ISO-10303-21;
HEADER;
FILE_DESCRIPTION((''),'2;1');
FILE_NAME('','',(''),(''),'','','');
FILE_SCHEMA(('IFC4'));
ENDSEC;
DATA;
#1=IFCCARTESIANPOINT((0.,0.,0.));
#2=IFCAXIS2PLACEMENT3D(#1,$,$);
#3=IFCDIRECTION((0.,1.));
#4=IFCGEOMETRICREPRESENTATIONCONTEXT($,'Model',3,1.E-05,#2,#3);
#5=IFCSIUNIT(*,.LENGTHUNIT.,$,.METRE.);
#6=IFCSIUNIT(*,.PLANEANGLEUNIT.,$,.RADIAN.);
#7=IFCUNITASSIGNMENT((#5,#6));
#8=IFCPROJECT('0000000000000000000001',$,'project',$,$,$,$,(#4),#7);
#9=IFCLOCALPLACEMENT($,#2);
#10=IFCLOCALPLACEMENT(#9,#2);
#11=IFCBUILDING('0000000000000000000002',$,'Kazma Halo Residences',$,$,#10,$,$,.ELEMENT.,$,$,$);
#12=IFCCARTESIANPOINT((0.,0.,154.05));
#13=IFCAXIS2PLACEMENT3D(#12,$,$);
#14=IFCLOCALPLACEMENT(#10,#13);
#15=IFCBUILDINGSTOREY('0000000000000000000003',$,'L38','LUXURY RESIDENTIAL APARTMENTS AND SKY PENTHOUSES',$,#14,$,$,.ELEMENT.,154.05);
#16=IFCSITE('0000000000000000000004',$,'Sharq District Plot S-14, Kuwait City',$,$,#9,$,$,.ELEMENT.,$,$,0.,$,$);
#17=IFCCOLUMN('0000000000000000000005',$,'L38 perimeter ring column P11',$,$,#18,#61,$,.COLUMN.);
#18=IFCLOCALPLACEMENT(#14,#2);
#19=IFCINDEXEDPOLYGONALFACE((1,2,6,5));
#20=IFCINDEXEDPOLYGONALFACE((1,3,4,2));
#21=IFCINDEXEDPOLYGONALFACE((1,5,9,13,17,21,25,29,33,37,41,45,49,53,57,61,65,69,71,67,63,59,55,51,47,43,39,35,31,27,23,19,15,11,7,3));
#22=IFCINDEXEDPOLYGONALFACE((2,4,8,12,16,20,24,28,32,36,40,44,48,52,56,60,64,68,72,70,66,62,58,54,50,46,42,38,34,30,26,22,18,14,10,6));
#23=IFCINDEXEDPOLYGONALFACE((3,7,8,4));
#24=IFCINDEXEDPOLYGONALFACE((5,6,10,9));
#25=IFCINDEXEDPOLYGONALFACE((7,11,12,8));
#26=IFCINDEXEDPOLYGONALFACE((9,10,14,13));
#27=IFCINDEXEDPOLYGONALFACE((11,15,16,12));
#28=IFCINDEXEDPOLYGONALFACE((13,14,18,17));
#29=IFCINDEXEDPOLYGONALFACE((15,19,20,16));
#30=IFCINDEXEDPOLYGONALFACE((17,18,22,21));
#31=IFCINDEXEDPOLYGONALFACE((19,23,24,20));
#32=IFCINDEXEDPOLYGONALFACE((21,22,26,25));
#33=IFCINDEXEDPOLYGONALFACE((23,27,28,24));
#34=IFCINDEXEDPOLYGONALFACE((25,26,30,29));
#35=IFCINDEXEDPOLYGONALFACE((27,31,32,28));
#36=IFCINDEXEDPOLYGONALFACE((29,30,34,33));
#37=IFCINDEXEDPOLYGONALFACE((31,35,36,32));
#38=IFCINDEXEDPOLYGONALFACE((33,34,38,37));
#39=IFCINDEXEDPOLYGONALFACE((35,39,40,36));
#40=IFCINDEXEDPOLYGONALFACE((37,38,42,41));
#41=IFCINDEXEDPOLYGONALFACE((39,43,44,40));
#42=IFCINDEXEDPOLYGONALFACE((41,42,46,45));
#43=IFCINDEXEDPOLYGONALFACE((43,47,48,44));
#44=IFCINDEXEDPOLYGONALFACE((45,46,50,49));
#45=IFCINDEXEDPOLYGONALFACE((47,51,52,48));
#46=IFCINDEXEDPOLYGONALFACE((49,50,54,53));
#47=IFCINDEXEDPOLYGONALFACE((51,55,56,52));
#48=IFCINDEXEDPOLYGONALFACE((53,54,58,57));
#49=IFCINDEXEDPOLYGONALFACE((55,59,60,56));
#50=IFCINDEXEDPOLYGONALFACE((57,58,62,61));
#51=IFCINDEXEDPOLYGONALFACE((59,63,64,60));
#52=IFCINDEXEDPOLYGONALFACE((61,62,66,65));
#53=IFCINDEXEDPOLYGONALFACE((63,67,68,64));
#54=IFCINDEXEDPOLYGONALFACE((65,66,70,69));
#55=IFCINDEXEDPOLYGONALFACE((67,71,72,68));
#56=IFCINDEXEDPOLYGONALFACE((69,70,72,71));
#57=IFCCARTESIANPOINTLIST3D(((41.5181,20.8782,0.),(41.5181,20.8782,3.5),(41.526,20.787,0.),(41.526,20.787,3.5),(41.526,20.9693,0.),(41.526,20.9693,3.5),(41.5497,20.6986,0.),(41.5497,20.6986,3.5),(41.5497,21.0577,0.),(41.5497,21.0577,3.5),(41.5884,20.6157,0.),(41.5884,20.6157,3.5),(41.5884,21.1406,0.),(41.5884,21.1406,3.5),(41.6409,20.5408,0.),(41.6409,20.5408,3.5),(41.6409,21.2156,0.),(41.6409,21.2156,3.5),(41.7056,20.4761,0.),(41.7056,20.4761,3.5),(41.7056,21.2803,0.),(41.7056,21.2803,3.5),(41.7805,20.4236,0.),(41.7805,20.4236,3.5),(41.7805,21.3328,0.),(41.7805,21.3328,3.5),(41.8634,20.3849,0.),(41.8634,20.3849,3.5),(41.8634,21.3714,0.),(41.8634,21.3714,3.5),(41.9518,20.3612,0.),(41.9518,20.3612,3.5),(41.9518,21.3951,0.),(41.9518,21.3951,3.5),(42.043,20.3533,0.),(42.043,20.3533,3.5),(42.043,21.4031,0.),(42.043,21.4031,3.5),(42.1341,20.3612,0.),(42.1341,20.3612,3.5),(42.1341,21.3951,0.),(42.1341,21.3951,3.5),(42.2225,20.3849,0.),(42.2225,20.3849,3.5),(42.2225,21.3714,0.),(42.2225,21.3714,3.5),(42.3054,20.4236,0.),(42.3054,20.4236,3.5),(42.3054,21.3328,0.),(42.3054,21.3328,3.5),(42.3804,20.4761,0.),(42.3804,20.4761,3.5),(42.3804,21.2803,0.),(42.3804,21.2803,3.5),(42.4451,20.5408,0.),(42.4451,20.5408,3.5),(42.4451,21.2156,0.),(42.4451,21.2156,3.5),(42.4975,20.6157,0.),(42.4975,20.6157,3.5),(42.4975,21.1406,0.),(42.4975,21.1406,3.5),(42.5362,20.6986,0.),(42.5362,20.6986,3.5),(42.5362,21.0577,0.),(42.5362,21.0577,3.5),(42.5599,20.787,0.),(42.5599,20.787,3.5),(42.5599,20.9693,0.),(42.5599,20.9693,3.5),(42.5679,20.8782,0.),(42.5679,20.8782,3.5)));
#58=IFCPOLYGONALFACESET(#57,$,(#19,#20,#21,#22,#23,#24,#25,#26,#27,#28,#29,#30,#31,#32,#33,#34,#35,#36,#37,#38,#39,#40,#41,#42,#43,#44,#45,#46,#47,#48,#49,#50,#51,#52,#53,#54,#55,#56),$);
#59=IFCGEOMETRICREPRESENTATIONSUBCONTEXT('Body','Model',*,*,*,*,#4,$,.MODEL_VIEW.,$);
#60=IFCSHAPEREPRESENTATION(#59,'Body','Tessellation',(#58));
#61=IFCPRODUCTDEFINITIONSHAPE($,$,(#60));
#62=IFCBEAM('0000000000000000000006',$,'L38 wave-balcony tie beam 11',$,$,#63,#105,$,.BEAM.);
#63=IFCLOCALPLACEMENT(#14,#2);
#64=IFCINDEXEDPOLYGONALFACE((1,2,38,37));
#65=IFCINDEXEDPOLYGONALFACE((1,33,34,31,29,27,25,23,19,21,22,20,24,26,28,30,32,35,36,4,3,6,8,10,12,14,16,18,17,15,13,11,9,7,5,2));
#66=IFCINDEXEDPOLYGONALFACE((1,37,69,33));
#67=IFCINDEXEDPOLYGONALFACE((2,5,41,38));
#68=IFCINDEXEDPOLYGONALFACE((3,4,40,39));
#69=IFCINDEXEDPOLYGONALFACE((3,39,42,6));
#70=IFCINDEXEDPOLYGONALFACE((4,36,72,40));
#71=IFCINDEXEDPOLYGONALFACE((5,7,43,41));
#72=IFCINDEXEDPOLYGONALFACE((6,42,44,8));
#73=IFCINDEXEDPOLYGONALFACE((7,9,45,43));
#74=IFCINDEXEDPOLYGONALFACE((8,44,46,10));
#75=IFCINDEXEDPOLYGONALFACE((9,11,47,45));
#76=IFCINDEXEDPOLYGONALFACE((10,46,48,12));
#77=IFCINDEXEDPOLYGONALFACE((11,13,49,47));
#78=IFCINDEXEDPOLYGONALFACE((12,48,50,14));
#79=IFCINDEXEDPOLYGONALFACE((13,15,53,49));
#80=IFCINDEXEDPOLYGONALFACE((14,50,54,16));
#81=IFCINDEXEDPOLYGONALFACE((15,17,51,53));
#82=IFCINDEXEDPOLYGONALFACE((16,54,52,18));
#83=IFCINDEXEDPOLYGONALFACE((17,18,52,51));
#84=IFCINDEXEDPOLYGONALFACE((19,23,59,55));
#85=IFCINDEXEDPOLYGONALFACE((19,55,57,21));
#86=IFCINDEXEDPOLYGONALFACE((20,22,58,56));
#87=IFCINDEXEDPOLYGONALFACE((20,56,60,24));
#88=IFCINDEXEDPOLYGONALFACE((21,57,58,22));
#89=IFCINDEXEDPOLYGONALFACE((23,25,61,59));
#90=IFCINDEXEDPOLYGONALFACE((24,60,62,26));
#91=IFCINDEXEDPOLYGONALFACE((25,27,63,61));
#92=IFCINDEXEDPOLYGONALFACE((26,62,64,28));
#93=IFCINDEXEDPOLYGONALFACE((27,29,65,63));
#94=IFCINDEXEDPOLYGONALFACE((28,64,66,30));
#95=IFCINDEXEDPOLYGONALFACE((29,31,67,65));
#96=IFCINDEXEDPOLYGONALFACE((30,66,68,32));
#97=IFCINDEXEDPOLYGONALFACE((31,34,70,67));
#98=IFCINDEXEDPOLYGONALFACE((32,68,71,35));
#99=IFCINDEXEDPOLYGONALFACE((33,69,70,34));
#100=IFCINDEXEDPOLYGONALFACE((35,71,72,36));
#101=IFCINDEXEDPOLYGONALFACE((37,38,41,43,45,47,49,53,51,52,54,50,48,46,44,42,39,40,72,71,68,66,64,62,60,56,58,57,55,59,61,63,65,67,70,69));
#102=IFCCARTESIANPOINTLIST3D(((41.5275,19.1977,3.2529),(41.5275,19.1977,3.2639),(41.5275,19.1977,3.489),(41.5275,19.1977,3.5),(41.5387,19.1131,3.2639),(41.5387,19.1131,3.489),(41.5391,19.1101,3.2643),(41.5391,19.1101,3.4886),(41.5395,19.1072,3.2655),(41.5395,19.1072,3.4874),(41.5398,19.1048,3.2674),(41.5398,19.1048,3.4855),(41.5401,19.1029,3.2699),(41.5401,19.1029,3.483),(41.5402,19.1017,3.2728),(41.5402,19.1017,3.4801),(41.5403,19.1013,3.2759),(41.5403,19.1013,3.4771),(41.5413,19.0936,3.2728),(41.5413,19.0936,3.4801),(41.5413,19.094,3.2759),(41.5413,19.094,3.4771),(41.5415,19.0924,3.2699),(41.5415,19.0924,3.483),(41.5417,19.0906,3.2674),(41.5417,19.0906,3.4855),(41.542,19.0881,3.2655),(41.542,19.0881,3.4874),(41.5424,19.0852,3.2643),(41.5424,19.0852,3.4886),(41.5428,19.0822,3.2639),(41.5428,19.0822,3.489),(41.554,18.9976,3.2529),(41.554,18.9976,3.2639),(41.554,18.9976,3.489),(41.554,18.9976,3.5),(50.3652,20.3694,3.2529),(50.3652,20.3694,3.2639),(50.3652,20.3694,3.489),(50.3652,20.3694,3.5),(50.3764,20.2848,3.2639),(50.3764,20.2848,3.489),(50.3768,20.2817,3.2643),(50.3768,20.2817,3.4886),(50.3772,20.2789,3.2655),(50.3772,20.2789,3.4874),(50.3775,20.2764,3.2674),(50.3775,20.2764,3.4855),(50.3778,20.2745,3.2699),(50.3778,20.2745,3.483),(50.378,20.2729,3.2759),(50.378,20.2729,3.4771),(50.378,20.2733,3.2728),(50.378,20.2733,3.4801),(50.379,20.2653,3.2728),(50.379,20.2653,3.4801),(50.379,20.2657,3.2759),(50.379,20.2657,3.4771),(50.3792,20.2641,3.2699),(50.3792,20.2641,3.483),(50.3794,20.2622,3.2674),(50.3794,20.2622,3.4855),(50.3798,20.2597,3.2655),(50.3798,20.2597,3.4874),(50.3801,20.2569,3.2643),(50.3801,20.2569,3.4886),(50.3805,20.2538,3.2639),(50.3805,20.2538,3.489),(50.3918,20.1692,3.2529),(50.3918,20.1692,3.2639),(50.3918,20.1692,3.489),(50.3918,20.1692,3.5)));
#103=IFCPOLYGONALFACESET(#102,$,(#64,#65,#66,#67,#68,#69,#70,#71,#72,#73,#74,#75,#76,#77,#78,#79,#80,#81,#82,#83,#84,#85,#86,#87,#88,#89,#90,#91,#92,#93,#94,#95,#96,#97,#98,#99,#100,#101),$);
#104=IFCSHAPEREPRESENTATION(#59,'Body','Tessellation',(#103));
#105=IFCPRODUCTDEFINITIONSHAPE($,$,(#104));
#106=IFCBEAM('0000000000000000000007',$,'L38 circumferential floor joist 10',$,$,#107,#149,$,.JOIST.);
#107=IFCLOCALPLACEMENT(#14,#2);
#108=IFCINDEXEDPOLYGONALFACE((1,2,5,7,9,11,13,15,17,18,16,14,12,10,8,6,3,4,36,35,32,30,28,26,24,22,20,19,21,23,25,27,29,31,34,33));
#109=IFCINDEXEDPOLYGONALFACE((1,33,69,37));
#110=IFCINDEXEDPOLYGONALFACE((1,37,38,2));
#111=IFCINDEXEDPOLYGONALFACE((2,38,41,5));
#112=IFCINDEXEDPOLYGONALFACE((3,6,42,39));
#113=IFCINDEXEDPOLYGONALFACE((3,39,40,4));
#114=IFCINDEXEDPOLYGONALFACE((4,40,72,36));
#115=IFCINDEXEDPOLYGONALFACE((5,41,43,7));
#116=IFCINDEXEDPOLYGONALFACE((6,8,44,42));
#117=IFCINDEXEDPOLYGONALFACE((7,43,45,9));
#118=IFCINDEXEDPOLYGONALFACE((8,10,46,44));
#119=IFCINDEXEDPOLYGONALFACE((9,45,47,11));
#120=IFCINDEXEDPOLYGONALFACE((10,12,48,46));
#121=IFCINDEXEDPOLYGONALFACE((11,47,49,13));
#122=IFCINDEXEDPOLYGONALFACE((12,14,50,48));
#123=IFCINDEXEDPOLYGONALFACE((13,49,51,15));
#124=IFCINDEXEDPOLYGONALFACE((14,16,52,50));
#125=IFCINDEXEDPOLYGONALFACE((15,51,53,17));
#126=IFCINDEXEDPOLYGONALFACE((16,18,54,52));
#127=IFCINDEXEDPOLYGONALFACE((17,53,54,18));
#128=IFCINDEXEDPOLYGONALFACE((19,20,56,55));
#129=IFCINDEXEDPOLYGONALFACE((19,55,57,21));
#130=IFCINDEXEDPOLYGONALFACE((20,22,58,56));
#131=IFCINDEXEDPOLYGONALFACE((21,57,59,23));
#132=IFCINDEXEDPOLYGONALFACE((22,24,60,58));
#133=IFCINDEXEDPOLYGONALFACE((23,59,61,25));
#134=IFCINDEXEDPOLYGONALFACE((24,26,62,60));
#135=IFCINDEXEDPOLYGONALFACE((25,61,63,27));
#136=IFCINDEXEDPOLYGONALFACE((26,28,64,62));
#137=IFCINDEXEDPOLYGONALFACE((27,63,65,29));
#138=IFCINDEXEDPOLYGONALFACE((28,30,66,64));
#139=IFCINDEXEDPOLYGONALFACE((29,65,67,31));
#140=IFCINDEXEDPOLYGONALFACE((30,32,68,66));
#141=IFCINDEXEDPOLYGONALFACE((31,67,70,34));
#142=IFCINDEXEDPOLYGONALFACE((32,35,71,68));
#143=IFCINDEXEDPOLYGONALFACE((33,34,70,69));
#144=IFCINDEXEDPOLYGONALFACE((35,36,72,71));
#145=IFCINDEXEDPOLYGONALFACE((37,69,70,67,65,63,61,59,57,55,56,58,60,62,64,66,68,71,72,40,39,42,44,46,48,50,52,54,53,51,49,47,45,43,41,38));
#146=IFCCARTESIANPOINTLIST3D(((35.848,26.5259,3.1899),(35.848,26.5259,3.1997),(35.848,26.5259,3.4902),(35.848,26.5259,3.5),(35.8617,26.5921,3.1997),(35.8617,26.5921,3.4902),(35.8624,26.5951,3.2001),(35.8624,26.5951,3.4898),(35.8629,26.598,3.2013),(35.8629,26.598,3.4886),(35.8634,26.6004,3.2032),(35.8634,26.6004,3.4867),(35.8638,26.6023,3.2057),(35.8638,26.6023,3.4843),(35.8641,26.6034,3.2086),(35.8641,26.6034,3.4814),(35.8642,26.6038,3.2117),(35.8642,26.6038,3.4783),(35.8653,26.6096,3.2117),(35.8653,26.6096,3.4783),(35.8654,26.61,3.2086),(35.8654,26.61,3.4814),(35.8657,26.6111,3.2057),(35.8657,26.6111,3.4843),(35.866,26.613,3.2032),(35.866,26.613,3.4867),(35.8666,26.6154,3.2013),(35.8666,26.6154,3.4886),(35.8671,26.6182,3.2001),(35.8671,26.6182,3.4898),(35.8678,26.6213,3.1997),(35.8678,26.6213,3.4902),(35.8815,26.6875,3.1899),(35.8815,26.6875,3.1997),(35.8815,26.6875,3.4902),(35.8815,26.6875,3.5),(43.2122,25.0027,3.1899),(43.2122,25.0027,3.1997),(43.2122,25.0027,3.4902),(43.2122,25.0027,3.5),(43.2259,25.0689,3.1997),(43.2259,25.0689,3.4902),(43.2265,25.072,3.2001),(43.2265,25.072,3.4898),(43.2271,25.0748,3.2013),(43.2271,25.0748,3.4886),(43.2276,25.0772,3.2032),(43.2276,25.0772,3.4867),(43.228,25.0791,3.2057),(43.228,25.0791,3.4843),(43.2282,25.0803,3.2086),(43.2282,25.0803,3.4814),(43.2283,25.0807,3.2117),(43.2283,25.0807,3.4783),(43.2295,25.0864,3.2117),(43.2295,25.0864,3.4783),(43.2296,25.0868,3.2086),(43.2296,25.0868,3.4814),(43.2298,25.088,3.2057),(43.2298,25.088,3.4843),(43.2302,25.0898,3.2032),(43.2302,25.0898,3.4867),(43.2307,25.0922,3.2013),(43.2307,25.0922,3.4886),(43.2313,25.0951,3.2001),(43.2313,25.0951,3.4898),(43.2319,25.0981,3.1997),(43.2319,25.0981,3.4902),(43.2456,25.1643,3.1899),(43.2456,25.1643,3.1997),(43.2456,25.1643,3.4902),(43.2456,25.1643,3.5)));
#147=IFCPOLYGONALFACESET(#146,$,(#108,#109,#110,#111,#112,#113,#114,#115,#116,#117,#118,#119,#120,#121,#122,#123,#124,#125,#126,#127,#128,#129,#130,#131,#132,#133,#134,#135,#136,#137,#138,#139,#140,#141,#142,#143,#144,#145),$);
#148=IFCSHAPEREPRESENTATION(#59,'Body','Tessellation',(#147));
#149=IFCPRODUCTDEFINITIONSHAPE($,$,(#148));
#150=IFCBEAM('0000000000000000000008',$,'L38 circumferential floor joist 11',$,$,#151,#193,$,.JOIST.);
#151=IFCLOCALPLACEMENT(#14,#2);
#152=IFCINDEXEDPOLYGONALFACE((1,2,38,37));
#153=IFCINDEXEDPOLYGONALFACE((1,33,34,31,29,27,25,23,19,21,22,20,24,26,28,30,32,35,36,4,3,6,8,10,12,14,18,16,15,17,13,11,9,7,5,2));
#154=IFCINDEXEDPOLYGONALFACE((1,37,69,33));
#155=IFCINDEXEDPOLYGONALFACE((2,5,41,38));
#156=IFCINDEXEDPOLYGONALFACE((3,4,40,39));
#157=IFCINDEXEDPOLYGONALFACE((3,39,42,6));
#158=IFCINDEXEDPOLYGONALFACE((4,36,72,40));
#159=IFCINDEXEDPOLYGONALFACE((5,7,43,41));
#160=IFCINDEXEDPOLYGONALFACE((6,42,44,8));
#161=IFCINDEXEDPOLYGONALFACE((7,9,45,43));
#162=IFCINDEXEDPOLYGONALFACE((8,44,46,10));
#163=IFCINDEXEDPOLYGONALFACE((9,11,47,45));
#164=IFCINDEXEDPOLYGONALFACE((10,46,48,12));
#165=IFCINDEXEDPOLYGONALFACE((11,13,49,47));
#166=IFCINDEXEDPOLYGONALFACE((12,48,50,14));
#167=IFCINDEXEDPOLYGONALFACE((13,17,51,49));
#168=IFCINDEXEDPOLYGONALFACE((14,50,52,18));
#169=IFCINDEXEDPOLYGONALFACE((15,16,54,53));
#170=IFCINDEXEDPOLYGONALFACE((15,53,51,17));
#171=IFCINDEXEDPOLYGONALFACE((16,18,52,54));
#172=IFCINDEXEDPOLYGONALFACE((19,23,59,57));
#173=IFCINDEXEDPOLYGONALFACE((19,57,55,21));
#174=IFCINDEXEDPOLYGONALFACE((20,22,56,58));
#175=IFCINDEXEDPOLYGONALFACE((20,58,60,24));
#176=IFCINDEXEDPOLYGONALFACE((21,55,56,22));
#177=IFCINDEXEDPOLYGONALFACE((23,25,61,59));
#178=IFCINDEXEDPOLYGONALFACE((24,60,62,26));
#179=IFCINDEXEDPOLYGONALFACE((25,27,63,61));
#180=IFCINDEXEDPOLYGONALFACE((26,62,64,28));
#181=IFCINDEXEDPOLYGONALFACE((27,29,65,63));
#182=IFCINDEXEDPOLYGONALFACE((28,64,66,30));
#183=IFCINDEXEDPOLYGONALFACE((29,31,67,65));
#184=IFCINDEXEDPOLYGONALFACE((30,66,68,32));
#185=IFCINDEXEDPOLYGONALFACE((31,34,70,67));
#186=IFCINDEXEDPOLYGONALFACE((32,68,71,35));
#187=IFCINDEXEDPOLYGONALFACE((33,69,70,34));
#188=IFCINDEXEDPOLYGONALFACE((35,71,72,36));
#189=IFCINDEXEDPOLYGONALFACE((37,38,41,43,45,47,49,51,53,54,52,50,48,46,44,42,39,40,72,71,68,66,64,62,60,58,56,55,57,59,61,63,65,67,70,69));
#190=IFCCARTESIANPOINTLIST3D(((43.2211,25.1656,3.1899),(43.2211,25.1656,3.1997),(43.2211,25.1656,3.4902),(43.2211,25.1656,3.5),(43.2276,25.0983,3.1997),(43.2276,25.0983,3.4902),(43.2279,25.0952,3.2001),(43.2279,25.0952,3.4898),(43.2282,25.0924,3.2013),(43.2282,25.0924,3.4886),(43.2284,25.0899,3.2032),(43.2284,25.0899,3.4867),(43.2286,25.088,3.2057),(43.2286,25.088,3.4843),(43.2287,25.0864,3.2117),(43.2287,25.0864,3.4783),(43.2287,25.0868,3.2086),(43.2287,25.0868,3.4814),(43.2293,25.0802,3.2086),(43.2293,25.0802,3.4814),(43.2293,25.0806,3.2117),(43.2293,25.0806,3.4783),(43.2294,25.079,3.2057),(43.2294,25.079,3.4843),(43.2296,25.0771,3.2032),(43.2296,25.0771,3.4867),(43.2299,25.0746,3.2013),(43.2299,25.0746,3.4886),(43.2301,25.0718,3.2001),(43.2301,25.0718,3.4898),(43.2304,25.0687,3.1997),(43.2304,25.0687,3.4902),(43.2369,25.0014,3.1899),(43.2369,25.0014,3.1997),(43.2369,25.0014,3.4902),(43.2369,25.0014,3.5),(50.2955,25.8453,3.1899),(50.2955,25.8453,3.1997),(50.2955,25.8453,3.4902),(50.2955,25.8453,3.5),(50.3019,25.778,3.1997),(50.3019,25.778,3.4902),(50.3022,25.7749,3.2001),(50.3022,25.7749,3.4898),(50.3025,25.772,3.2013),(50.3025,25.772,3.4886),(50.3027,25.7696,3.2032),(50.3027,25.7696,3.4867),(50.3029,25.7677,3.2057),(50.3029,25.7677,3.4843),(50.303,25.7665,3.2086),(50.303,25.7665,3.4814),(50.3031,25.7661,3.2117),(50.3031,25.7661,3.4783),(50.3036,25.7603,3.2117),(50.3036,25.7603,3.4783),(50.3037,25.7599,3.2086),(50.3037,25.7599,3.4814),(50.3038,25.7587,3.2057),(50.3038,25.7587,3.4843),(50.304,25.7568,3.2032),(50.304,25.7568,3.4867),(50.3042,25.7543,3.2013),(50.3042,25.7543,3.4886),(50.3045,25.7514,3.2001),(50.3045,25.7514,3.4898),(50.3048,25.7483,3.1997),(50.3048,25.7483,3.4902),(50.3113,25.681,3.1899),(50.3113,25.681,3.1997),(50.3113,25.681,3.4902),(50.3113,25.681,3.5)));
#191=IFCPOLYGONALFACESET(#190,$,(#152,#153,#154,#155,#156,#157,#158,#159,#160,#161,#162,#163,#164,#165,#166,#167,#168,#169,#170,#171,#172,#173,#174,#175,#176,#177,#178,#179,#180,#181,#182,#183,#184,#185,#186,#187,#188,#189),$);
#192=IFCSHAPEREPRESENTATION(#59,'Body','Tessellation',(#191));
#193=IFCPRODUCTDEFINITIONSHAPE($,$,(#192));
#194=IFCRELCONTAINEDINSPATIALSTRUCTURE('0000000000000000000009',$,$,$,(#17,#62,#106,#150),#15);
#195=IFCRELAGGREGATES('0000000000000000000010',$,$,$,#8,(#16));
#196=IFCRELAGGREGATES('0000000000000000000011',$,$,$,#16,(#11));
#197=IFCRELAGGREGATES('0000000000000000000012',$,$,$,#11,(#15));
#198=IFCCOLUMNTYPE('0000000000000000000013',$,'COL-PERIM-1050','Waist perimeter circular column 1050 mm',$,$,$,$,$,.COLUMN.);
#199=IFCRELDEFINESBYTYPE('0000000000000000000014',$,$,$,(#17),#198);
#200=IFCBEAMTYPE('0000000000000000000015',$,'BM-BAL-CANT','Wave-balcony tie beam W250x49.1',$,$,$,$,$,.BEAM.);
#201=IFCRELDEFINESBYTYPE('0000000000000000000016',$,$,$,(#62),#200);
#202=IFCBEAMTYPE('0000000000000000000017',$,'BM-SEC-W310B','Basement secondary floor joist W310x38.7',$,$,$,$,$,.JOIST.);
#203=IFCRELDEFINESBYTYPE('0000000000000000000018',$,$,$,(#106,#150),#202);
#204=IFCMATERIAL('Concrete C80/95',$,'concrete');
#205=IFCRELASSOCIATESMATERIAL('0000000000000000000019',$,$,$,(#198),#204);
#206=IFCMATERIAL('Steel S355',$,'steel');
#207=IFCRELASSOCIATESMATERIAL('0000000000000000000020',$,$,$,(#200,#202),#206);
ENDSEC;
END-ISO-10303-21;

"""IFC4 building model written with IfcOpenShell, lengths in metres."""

from ifc_helpers import new_model, si_unit, direction, frame, origin, origin_2d, place, context, subcontext, project, spatial, circle, i_section, extrude, material, material_profile, profile_set, type_object, element, save


model = new_model("IFC4")

# Units and contexts
model_context = context("Model", 3, precision=1e-05, world=origin(), true_north=direction((0.0, 1.0)))
body_context = subcontext(model_context, "Body", "Model", "MODEL_VIEW")
ifc_project = project(units=[si_unit("LENGTHUNIT", "METRE"), si_unit("PLANEANGLEUNIT", "RADIAN")], contexts=[model_context])

# Site, building, storey
site_placement = place(None, origin())
site = spatial("IfcSite", under=ifc_project, at=site_placement, Name="Sharq District Plot S-14, Kuwait City", CompositionType="ELEMENT", RefElevation=0.0)
building_placement = place(site_placement, origin())
building = spatial("IfcBuilding", under=site, at=building_placement, Name="Kazma Halo Residences", CompositionType="ELEMENT")
storey_placement = place(building_placement, frame((0.0, 0.0, 154.05)))
storey = spatial("IfcBuildingStorey", under=building, at=storey_placement, Name="L38", Description="LUXURY RESIDENTIAL APARTMENTS AND SKY PENTHOUSES", CompositionType="ELEMENT", Elevation=154.05)

# Column
ifc_material_1 = material(Name="Concrete C80/95", Category="concrete")
ifc_material_profile_1 = material_profile(ifc_material_1, circle(Radius=0.5249, at=origin_2d()), Name="CIRC1050")
ifc_profile_set_1 = profile_set([ifc_material_profile_1], Name="Concrete C80/95")
column_type = type_object("IfcColumnType", Name="COL-PERIM-1050", Description="Waist perimeter circular column 1050 mm", PredefinedType="COLUMN", material=ifc_profile_set_1)
column_placement = place(storey_placement, frame((42.043, 20.8782, 0.0), z_axis=(0.0, 0.0, 1.0), x_axis=(1.0, 0.0, 0.0)))
element("IfcColumn", 1, at=column_placement, inside=storey, type_object=column_type, Name="L38 perimeter ring column P11", PredefinedType="COLUMN", context=body_context, shape_type="SweptSolid", body=[
    extrude(circle(Radius=0.5249, at=origin_2d()), origin(), (0.0, 0.0, 1.0), 3.5),
])

# Beams
ifc_material_2 = material(Name="Steel S355", Category="steel")
ifc_material_profile_2 = material_profile(ifc_material_2, i_section(OverallWidth=0.2019, OverallDepth=0.2471, WebThickness=0.0073, FlangeThickness=0.011, FilletRadius=0.012, at=origin_2d()), Name="W250x49.1")
ifc_profile_set_2 = profile_set([ifc_material_profile_2], Name="Steel S355")
beam_type_1 = type_object("IfcBeamType", Name="BM-BAL-CANT", Description="Wave-balcony tie beam W250x49.1", PredefinedType="BEAM", material=ifc_profile_set_2)
beam_1_placement = place(storey_placement, frame((41.5408, 19.0977, 3.3765), z_axis=(0.991326, 0.131423, 0.0), x_axis=(-0.131423, 0.991326, 0.0)))
element("IfcBeam", 2, at=beam_1_placement, inside=storey, type_object=beam_type_1, Name="L38 wave-balcony tie beam 11", PredefinedType="BEAM", context=body_context, shape_type="SweptSolid", body=[
    extrude(i_section(OverallWidth=0.2019, OverallDepth=0.2471, WebThickness=0.0073, FlangeThickness=0.011, FilletRadius=0.012, at=origin_2d()), origin(), (0.0, 0.0, 1.0), 8.915),
])
ifc_material_profile_3 = material_profile(ifc_material_2, i_section(OverallWidth=0.165, OverallDepth=0.3101, WebThickness=0.0059, FlangeThickness=0.0098, FilletRadius=0.012, at=origin_2d()), Name="W310x38.7")
ifc_profile_set_3 = profile_set([ifc_material_profile_3], Name="Steel S355")
beam_type_2 = type_object("IfcBeamType", Name="BM-SEC-W310B", Description="Basement secondary floor joist W310x38.7", PredefinedType="JOIST", material=ifc_profile_set_3)
beam_2_placement = place(storey_placement, frame((35.8647, 26.6067, 3.345), z_axis=(0.979272, -0.202549, 0.0), x_axis=(0.202549, 0.979272, 0.0)))
element("IfcBeam", 3, at=beam_2_placement, inside=storey, type_object=beam_type_2, Name="L38 circumferential floor joist 10", PredefinedType="JOIST", context=body_context, shape_type="SweptSolid", body=[
    extrude(i_section(OverallWidth=0.165, OverallDepth=0.3101, WebThickness=0.0059, FlangeThickness=0.0098, FilletRadius=0.012, at=origin_2d()), origin(), (0.0, 0.0, 1.0), 7.52),
])
beam_3_placement = place(storey_placement, frame((43.229, 25.0835, 3.345), z_axis=(0.995416, 0.095636, 0.0), x_axis=(-0.095636, 0.995416, 0.0)))
element("IfcBeam", 4, at=beam_3_placement, inside=storey, type_object=beam_type_2, Name="L38 circumferential floor joist 11", PredefinedType="JOIST", context=body_context, shape_type="SweptSolid", body=[
    extrude(i_section(OverallWidth=0.165, OverallDepth=0.3101, WebThickness=0.0059, FlangeThickness=0.0098, FilletRadius=0.012, at=origin_2d()), origin(), (0.0, 0.0, 1.0), 7.1069),
])

save(model, "model.ifc")
